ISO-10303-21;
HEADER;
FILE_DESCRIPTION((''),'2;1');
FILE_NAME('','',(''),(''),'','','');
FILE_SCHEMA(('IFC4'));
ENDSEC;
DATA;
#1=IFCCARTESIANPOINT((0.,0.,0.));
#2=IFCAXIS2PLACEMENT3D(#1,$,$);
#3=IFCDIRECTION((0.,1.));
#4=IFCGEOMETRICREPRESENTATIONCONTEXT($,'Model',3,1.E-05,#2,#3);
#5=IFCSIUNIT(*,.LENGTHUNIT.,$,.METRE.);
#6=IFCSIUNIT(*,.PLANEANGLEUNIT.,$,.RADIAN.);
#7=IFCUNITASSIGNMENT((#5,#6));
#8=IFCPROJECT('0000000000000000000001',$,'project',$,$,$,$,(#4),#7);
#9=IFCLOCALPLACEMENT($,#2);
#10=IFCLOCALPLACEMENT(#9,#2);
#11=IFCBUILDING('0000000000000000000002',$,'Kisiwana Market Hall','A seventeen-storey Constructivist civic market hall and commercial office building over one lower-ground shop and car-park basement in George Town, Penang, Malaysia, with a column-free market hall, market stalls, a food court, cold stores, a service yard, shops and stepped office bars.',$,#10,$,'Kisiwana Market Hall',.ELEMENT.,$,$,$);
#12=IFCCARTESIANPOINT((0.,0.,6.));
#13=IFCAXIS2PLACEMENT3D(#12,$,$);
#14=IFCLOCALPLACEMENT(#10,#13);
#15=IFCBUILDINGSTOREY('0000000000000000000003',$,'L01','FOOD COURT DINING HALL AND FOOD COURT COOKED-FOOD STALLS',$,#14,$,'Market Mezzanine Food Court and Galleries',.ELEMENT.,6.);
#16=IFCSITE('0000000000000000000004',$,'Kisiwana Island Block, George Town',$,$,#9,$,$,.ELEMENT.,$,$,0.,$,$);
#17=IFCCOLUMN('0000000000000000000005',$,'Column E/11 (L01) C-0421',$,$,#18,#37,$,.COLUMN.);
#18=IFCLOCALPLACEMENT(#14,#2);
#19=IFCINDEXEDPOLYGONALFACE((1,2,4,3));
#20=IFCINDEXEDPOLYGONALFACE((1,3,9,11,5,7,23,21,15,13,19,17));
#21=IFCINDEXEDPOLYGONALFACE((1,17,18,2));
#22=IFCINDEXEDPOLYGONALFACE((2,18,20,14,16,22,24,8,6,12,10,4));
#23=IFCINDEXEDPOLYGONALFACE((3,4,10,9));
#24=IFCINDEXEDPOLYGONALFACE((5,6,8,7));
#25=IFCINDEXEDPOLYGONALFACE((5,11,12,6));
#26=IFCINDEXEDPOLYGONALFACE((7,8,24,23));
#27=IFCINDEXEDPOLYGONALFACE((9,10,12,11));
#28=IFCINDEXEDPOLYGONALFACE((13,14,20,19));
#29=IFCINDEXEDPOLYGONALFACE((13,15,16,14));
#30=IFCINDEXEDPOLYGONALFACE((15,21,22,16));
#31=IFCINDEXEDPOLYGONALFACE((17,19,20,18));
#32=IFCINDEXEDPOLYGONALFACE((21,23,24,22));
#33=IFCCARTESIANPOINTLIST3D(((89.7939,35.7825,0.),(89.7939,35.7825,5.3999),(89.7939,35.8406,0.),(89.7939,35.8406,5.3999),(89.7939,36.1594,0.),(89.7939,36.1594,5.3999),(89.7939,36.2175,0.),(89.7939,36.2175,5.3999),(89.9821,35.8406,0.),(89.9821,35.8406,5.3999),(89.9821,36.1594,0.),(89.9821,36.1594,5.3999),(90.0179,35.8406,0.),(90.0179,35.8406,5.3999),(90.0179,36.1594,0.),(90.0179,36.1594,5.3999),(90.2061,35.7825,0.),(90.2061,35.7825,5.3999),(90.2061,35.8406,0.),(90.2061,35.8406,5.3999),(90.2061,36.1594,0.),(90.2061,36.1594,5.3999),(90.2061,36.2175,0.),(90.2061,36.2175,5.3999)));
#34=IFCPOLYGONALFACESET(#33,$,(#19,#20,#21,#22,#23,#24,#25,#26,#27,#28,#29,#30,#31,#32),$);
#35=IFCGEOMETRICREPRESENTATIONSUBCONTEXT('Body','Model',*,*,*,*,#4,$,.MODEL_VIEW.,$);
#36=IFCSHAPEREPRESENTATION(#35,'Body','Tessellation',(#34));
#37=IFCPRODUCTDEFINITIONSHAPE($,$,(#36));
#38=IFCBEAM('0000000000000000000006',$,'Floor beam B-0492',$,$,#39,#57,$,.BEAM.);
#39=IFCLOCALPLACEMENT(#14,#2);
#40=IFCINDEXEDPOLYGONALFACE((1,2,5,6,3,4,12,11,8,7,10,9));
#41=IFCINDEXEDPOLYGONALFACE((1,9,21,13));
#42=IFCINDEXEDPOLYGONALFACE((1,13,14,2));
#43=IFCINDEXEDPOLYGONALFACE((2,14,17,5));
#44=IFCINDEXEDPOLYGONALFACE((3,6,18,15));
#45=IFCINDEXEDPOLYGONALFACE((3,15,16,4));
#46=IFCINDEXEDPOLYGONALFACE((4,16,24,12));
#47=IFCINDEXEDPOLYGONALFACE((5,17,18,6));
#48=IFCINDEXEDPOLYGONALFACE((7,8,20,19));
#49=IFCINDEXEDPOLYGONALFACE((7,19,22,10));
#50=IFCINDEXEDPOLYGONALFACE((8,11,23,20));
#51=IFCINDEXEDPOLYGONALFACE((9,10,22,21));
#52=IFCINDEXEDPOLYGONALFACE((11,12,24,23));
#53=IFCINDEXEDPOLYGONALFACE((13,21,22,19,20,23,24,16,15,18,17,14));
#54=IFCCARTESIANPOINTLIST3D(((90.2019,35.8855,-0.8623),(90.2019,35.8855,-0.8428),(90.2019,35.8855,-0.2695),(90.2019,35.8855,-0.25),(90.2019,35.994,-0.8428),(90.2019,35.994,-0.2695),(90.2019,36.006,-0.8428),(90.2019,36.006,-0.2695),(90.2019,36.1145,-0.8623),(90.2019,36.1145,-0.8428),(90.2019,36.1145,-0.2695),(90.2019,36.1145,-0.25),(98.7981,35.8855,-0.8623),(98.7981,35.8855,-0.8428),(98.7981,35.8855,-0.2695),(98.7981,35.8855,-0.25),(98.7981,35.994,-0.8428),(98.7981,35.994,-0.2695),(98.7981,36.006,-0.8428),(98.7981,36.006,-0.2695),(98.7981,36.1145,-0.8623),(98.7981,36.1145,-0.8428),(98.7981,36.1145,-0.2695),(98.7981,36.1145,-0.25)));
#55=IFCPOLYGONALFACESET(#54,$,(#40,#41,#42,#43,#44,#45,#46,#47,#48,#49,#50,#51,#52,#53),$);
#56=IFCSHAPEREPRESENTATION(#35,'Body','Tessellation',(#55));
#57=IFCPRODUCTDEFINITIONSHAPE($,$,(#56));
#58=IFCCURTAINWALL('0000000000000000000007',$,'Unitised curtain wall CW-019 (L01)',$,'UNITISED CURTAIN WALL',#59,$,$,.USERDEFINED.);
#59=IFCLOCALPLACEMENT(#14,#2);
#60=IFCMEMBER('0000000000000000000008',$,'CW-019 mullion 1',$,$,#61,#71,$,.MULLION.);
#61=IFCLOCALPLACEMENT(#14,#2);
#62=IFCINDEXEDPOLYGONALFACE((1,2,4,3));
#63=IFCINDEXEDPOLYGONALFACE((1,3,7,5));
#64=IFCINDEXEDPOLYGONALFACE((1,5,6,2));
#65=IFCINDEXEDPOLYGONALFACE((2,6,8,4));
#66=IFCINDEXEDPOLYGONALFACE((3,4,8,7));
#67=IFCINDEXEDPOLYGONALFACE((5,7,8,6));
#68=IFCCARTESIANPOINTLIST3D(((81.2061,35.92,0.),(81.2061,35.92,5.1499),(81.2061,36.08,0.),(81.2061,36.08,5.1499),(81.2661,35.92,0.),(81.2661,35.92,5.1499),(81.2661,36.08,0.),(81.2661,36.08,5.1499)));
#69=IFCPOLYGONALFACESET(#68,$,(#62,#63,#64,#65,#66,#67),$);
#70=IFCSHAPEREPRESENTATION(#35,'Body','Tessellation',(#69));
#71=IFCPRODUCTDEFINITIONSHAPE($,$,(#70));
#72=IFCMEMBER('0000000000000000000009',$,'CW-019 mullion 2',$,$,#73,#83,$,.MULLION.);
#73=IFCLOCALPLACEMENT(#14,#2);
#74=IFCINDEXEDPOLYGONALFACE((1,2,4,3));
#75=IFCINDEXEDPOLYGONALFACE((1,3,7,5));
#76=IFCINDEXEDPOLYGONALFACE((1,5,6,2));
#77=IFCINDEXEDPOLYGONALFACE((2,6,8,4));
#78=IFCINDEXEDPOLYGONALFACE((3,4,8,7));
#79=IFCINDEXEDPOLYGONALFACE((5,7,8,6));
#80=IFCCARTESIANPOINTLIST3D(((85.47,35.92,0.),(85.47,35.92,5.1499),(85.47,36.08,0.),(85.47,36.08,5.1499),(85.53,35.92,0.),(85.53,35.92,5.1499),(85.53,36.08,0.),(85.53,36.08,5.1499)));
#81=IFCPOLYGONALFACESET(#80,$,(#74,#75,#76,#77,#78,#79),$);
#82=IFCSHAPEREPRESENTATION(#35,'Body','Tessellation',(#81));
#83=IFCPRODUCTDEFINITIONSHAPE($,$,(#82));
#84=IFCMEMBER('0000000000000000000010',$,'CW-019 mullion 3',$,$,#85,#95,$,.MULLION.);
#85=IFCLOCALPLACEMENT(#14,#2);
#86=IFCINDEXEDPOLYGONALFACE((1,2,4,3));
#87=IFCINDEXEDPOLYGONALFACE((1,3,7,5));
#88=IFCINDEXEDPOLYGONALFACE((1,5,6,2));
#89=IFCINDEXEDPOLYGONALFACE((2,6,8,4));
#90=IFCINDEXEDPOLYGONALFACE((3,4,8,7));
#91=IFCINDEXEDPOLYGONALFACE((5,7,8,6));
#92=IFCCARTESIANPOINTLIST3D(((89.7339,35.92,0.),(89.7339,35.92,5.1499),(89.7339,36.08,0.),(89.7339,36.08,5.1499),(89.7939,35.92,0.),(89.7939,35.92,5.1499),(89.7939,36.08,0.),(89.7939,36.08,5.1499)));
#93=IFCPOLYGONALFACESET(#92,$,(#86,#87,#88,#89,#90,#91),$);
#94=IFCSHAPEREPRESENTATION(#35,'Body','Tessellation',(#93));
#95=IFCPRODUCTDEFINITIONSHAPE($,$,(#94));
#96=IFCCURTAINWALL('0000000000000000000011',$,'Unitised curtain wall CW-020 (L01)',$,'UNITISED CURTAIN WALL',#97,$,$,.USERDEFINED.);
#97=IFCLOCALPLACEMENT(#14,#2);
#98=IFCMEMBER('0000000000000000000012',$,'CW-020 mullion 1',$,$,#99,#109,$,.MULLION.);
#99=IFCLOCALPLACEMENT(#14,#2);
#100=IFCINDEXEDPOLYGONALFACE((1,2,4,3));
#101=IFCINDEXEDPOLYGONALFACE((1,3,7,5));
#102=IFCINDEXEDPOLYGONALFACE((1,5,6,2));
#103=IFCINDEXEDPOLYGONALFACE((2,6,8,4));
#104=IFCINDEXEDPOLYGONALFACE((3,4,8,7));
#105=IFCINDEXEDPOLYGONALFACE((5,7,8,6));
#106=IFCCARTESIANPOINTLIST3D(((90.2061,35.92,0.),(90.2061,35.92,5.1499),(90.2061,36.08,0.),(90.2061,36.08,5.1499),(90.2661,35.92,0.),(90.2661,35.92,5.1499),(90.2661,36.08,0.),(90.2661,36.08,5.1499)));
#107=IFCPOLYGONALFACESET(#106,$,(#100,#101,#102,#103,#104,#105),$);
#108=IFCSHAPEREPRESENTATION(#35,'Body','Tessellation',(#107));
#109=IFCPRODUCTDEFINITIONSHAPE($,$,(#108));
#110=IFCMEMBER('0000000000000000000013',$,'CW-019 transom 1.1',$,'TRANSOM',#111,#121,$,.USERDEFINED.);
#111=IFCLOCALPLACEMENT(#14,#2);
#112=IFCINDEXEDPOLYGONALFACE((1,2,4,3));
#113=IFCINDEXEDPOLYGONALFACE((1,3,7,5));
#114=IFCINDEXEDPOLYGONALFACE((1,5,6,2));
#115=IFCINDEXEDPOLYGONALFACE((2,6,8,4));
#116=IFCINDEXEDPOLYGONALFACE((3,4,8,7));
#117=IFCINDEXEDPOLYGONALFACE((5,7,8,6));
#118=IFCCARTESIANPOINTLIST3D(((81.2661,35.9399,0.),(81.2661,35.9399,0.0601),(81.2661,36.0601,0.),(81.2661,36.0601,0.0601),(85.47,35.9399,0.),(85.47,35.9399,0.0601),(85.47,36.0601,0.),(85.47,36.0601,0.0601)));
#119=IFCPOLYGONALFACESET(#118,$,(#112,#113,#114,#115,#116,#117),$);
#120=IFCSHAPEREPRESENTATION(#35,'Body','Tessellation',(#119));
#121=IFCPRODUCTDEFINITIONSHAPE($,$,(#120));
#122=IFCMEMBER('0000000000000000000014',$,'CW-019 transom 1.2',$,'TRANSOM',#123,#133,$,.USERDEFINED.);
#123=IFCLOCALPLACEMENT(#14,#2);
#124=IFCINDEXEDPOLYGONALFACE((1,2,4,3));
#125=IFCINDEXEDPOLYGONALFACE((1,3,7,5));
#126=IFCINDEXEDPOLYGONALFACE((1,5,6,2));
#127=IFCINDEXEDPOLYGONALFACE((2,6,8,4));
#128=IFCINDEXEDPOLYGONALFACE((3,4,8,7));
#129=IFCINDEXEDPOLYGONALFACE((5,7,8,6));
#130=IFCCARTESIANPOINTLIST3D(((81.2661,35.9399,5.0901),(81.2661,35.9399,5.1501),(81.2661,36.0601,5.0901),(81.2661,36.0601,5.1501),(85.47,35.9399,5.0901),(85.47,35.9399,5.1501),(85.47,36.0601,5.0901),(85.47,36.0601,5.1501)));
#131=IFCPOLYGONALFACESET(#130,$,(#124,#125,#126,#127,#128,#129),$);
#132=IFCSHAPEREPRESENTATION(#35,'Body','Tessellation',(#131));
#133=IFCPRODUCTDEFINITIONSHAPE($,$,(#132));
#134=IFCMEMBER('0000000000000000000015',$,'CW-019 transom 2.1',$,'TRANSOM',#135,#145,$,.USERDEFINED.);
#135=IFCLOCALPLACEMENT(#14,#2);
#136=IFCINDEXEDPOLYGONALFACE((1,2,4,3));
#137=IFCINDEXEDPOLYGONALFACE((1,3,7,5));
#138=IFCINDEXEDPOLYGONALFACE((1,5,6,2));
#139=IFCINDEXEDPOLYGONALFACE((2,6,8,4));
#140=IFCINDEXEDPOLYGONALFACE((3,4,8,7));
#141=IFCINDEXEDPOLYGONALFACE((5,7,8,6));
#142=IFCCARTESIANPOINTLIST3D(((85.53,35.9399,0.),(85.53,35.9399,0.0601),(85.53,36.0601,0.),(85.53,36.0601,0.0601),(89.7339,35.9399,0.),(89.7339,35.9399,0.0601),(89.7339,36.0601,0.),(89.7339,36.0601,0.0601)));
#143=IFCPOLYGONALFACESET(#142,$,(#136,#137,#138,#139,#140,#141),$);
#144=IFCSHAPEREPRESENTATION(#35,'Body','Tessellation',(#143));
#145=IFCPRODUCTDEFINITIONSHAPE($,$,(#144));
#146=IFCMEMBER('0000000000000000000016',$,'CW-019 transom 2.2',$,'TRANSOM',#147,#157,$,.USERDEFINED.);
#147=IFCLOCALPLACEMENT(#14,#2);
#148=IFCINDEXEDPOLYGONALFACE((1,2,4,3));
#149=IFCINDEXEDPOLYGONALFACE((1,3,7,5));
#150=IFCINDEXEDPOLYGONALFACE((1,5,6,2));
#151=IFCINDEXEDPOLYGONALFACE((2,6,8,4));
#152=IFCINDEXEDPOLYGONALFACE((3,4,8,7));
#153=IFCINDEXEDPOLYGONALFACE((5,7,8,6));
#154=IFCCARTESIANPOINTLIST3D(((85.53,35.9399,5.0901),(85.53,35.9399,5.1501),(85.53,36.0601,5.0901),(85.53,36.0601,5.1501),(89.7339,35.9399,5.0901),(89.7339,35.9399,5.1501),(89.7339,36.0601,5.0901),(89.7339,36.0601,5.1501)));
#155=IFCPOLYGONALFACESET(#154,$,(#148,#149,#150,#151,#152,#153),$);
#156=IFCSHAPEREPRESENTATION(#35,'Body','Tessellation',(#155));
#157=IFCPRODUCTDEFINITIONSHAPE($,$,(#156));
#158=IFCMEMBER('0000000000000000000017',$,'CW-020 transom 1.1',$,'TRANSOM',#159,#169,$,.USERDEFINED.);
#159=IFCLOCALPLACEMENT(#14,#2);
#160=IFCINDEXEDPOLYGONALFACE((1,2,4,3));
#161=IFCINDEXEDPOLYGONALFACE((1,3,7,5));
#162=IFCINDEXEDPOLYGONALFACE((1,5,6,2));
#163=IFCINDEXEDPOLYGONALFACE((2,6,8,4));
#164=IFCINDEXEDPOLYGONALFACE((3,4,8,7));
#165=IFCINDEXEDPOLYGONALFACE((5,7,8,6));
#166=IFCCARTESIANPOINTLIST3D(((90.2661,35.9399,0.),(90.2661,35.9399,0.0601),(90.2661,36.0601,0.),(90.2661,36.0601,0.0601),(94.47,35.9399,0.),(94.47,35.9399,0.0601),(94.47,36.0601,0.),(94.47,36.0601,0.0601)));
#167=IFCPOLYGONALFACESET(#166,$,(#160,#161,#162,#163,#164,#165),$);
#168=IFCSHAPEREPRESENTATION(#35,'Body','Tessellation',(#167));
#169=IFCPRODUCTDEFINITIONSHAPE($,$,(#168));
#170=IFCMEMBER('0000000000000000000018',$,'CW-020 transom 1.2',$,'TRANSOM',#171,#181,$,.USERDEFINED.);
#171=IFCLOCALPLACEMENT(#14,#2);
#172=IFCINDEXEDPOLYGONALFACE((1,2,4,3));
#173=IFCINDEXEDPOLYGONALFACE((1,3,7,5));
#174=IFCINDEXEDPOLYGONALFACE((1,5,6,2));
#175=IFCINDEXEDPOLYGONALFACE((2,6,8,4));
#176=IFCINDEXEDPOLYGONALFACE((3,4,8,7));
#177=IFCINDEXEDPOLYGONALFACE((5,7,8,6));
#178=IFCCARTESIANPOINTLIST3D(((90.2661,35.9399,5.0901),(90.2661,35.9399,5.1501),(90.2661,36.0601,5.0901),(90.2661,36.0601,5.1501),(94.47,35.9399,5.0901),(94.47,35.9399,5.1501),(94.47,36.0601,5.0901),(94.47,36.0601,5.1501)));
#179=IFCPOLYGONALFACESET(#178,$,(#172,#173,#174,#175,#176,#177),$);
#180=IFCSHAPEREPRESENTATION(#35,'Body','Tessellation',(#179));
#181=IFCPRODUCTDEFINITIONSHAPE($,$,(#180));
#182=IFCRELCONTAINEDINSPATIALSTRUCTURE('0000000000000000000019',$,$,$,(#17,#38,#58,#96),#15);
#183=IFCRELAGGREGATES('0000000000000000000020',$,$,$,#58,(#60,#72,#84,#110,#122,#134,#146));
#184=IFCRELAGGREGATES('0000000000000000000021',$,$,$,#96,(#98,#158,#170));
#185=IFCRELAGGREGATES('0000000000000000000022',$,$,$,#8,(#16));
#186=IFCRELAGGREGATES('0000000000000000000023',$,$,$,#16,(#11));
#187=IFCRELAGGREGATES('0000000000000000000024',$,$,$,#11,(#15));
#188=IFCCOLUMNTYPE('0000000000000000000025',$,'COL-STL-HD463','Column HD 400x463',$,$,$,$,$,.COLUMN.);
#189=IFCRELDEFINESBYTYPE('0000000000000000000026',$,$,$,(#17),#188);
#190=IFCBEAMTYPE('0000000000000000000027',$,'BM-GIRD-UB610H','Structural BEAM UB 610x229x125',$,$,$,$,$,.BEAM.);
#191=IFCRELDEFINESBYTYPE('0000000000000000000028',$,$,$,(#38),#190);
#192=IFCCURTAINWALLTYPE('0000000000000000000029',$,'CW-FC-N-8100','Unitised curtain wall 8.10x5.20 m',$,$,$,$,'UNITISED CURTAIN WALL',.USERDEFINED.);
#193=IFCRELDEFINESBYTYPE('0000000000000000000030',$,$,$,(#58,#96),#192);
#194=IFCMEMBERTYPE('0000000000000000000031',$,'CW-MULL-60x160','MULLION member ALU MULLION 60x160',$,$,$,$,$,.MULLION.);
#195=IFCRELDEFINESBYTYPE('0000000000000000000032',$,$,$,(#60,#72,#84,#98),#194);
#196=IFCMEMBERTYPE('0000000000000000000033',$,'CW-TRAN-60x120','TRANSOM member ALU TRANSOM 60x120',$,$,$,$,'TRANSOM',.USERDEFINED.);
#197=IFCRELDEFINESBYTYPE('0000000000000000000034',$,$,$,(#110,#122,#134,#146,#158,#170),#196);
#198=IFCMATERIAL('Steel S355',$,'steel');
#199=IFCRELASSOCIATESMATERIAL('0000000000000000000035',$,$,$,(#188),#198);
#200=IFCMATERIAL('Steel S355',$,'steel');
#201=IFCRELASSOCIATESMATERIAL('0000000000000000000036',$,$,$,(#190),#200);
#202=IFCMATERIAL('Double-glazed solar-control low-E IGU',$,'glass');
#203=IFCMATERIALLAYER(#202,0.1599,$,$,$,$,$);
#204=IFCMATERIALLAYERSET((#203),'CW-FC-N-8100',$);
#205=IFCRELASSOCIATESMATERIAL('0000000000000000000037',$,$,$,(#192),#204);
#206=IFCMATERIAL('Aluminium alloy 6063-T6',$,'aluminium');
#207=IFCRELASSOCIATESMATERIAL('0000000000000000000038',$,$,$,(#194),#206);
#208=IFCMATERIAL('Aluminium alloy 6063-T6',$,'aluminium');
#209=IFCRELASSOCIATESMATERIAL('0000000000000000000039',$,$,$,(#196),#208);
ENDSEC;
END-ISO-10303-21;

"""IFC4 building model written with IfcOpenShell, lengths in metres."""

from ifc_helpers import new_model, si_unit, direction, frame, origin, origin_2d, place, context, subcontext, project, spatial, rectangle, i_section, extrude, material, layer, layer_set, material_profile, profile_set, type_object, element, aggregate, save


model = new_model("IFC4")

# Units and contexts
model_context = context("Model", 3, precision=1e-05, world=origin(), true_north=direction((0.0, 1.0)))
body_context = subcontext(model_context, "Body", "Model", "MODEL_VIEW")
ifc_project = project(units=[si_unit("LENGTHUNIT", "METRE"), si_unit("PLANEANGLEUNIT", "RADIAN")], contexts=[model_context])

# Site, building, storey
site_placement = place(None, origin())
site = spatial("IfcSite", under=ifc_project, at=site_placement, Name="Kisiwana Island Block, George Town", CompositionType="ELEMENT", RefElevation=0.0)
building_placement = place(site_placement, origin())
building = spatial("IfcBuilding", under=site, at=building_placement, Name="Kisiwana Market Hall", Description="A seventeen-storey Constructivist civic market hall and commercial office building over one lower-ground shop and car-park basement in George Town, Penang, Malaysia, with a column-free market hall, market stalls, a food court, cold stores, a service yard, shops and stepped office bars.", LongName="Kisiwana Market Hall", CompositionType="ELEMENT")
storey_placement = place(building_placement, frame((0.0, 0.0, 6.0)))
storey = spatial("IfcBuildingStorey", under=building, at=storey_placement, Name="L01", Description="FOOD COURT DINING HALL AND FOOD COURT COOKED-FOOD STALLS", LongName="Market Mezzanine Food Court and Galleries", CompositionType="ELEMENT", Elevation=6.0)

# Column
ifc_material_1 = material(Name="Steel S355", Category="steel")
ifc_material_profile_1 = material_profile(ifc_material_1, i_section(OverallWidth=0.4121, OverallDepth=0.4351, WebThickness=0.0359, FlangeThickness=0.0581, at=origin_2d()), Name="HD 400x463")
ifc_profile_set_1 = profile_set([ifc_material_profile_1], Name="Steel S355")
column_type = type_object("IfcColumnType", Name="COL-STL-HD463", Description="Column HD 400x463", PredefinedType="COLUMN", material=ifc_profile_set_1)
column_placement = place(storey_placement, frame((90.0, 36.0, 0.0), z_axis=(0.0, 0.0, 1.0), x_axis=(1.0, 0.0, 0.0)))
element("IfcColumn", 1, at=column_placement, inside=storey, type_object=column_type, Name="Column E/11 (L01) C-0421", PredefinedType="COLUMN", context=body_context, shape_type="SweptSolid", body=[
    extrude(i_section(OverallWidth=0.4121, OverallDepth=0.4351, WebThickness=0.0359, FlangeThickness=0.0581, at=origin_2d()), origin(), (0.0, 0.0, 1.0), 5.3999),
])

# Beam
ifc_material_2 = material(Name="Steel S355", Category="steel")
ifc_material_profile_2 = material_profile(ifc_material_2, i_section(OverallWidth=0.229, OverallDepth=0.6123, WebThickness=0.012, FlangeThickness=0.0195, at=origin_2d()), Name="UB 610x229x125")
ifc_profile_set_2 = profile_set([ifc_material_profile_2], Name="Steel S355")
beam_type = type_object("IfcBeamType", Name="BM-GIRD-UB610H", Description="Structural BEAM UB 610x229x125", PredefinedType="BEAM", material=ifc_profile_set_2)
beam_placement = place(storey_placement, frame((90.2019, 36.0, -0.5562), z_axis=(1.0, 0.0, 0.0), x_axis=(0.0, 1.0, 0.0)))
element("IfcBeam", 2, at=beam_placement, inside=storey, type_object=beam_type, Name="Floor beam B-0492", PredefinedType="BEAM", context=body_context, shape_type="SweptSolid", body=[
    extrude(i_section(OverallWidth=0.229, OverallDepth=0.6123, WebThickness=0.012, FlangeThickness=0.0195, at=origin_2d()), origin(), (0.0, 0.0, 1.0), 8.5962),
])

# Curtain wall, members
ifc_material_3 = material(Name="Double-glazed solar-control low-E IGU", Category="glass")
ifc_layer_1 = layer(ifc_material_3, 0.1599)
ifc_layer_set_1 = layer_set([ifc_layer_1], Name="CW-FC-N-8100")
curtain_wall_type = type_object("IfcCurtainWallType", Name="CW-FC-N-8100", Description="Unitised curtain wall 8.10x5.20 m", ElementType="UNITISED CURTAIN WALL", PredefinedType="USERDEFINED", material=ifc_layer_set_1)
curtain_wall_1_placement = place(storey_placement, origin())
curtain_wall_1 = element("IfcCurtainWall", 3, at=curtain_wall_1_placement, inside=storey, type_object=curtain_wall_type, Name="Unitised curtain wall CW-019 (L01)", ObjectType="UNITISED CURTAIN WALL", PredefinedType="USERDEFINED")
ifc_material_4 = material(Name="Aluminium alloy 6063-T6", Category="aluminium")
ifc_material_profile_3 = material_profile(ifc_material_4, rectangle(XDim=0.0601, YDim=0.1599, at=origin_2d()), Name="ALU MULLION 60x160")
ifc_profile_set_3 = profile_set([ifc_material_profile_3], Name="Aluminium alloy 6063-T6")
member_type_1 = type_object("IfcMemberType", Name="CW-MULL-60x160", Description="MULLION member ALU MULLION 60x160", PredefinedType="MULLION", material=ifc_profile_set_3)
member_1_placement = place(storey_placement, frame((81.2361, 36.0, 0.0), z_axis=(0.0, 0.0, 1.0), x_axis=(1.0, 0.0, 0.0)))
member_1 = element("IfcMember", 4, at=member_1_placement, type_object=member_type_1, Name="CW-019 mullion 1", PredefinedType="MULLION", context=body_context, shape_type="SweptSolid", body=[
    extrude(rectangle(XDim=0.0601, YDim=0.1599, at=origin_2d()), origin(), (0.0, 0.0, 1.0), 5.1499),
])
member_2_placement = place(storey_placement, frame((85.5, 36.0, 0.0), z_axis=(0.0, 0.0, 1.0), x_axis=(1.0, 0.0, 0.0)))
member_2 = element("IfcMember", 5, at=member_2_placement, type_object=member_type_1, Name="CW-019 mullion 2", PredefinedType="MULLION", context=body_context, shape_type="SweptSolid", body=[
    extrude(rectangle(XDim=0.0601, YDim=0.1599, at=origin_2d()), origin(), (0.0, 0.0, 1.0), 5.1499),
])
member_3_placement = place(storey_placement, frame((89.7639, 36.0, 0.0), z_axis=(0.0, 0.0, 1.0), x_axis=(1.0, 0.0, 0.0)))
member_3 = element("IfcMember", 6, at=member_3_placement, type_object=member_type_1, Name="CW-019 mullion 3", PredefinedType="MULLION", context=body_context, shape_type="SweptSolid", body=[
    extrude(rectangle(XDim=0.0601, YDim=0.1599, at=origin_2d()), origin(), (0.0, 0.0, 1.0), 5.1499),
])

# Curtain wall, member
curtain_wall_2_placement = place(storey_placement, origin())
curtain_wall_2 = element("IfcCurtainWall", 7, at=curtain_wall_2_placement, inside=storey, type_object=curtain_wall_type, Name="Unitised curtain wall CW-020 (L01)", ObjectType="UNITISED CURTAIN WALL", PredefinedType="USERDEFINED")
member_4_placement = place(storey_placement, frame((90.2361, 36.0, 0.0), z_axis=(0.0, 0.0, 1.0), x_axis=(1.0, 0.0, 0.0)))
member_4 = element("IfcMember", 8, at=member_4_placement, type_object=member_type_1, Name="CW-020 mullion 1", PredefinedType="MULLION", context=body_context, shape_type="SweptSolid", body=[
    extrude(rectangle(XDim=0.0601, YDim=0.1599, at=origin_2d()), origin(), (0.0, 0.0, 1.0), 5.1499),
])

# Members
ifc_material_5 = material(Name="Aluminium alloy 6063-T6", Category="aluminium")
ifc_material_profile_4 = material_profile(ifc_material_5, rectangle(XDim=0.1201, YDim=0.0601, at=origin_2d()), Name="ALU TRANSOM 60x120")
ifc_profile_set_4 = profile_set([ifc_material_profile_4], Name="Aluminium alloy 6063-T6")
member_type_2 = type_object("IfcMemberType", Name="CW-TRAN-60x120", Description="TRANSOM member ALU TRANSOM 60x120", ElementType="TRANSOM", PredefinedType="USERDEFINED", material=ifc_profile_set_4)
member_5_placement = place(storey_placement, frame((81.2661, 36.0, 0.03), z_axis=(1.0, 0.0, 0.0), x_axis=(0.0, 1.0, 0.0)))
member_5 = element("IfcMember", 9, at=member_5_placement, type_object=member_type_2, Name="CW-019 transom 1.1", ObjectType="TRANSOM", PredefinedType="USERDEFINED", context=body_context, shape_type="SweptSolid", body=[
    extrude(rectangle(XDim=0.1201, YDim=0.0601, at=origin_2d()), origin(), (0.0, 0.0, 1.0), 4.2039),
])
member_6_placement = place(storey_placement, frame((81.2661, 36.0, 5.1201), z_axis=(1.0, 0.0, 0.0), x_axis=(0.0, 1.0, 0.0)))
member_6 = element("IfcMember", 10, at=member_6_placement, type_object=member_type_2, Name="CW-019 transom 1.2", ObjectType="TRANSOM", PredefinedType="USERDEFINED", context=body_context, shape_type="SweptSolid", body=[
    extrude(rectangle(XDim=0.1201, YDim=0.0601, at=origin_2d()), origin(), (0.0, 0.0, 1.0), 4.2039),
])
member_7_placement = place(storey_placement, frame((85.53, 36.0, 0.03), z_axis=(1.0, 0.0, 0.0), x_axis=(0.0, 1.0, 0.0)))
member_7 = element("IfcMember", 11, at=member_7_placement, type_object=member_type_2, Name="CW-019 transom 2.1", ObjectType="TRANSOM", PredefinedType="USERDEFINED", context=body_context, shape_type="SweptSolid", body=[
    extrude(rectangle(XDim=0.1201, YDim=0.0601, at=origin_2d()), origin(), (0.0, 0.0, 1.0), 4.2039),
])
member_8_placement = place(storey_placement, frame((85.53, 36.0, 5.1201), z_axis=(1.0, 0.0, 0.0), x_axis=(0.0, 1.0, 0.0)))
member_8 = element("IfcMember", 12, at=member_8_placement, type_object=member_type_2, Name="CW-019 transom 2.2", ObjectType="TRANSOM", PredefinedType="USERDEFINED", context=body_context, shape_type="SweptSolid", body=[
    extrude(rectangle(XDim=0.1201, YDim=0.0601, at=origin_2d()), origin(), (0.0, 0.0, 1.0), 4.2039),
])
member_9_placement = place(storey_placement, frame((90.2661, 36.0, 0.03), z_axis=(1.0, 0.0, 0.0), x_axis=(0.0, 1.0, 0.0)))
member_9 = element("IfcMember", 13, at=member_9_placement, type_object=member_type_2, Name="CW-020 transom 1.1", ObjectType="TRANSOM", PredefinedType="USERDEFINED", context=body_context, shape_type="SweptSolid", body=[
    extrude(rectangle(XDim=0.1201, YDim=0.0601, at=origin_2d()), origin(), (0.0, 0.0, 1.0), 4.2039),
])
member_10_placement = place(storey_placement, frame((90.2661, 36.0, 5.1201), z_axis=(1.0, 0.0, 0.0), x_axis=(0.0, 1.0, 0.0)))
member_10 = element("IfcMember", 14, at=member_10_placement, type_object=member_type_2, Name="CW-020 transom 1.2", ObjectType="TRANSOM", PredefinedType="USERDEFINED", context=body_context, shape_type="SweptSolid", body=[
    extrude(rectangle(XDim=0.1201, YDim=0.0601, at=origin_2d()), origin(), (0.0, 0.0, 1.0), 4.2039),
])

aggregate(curtain_wall_1, [member_1, member_2, member_3, member_5, member_6, member_7, member_8])
aggregate(curtain_wall_2, [member_4, member_9, member_10])

save(model, "model.ifc")
